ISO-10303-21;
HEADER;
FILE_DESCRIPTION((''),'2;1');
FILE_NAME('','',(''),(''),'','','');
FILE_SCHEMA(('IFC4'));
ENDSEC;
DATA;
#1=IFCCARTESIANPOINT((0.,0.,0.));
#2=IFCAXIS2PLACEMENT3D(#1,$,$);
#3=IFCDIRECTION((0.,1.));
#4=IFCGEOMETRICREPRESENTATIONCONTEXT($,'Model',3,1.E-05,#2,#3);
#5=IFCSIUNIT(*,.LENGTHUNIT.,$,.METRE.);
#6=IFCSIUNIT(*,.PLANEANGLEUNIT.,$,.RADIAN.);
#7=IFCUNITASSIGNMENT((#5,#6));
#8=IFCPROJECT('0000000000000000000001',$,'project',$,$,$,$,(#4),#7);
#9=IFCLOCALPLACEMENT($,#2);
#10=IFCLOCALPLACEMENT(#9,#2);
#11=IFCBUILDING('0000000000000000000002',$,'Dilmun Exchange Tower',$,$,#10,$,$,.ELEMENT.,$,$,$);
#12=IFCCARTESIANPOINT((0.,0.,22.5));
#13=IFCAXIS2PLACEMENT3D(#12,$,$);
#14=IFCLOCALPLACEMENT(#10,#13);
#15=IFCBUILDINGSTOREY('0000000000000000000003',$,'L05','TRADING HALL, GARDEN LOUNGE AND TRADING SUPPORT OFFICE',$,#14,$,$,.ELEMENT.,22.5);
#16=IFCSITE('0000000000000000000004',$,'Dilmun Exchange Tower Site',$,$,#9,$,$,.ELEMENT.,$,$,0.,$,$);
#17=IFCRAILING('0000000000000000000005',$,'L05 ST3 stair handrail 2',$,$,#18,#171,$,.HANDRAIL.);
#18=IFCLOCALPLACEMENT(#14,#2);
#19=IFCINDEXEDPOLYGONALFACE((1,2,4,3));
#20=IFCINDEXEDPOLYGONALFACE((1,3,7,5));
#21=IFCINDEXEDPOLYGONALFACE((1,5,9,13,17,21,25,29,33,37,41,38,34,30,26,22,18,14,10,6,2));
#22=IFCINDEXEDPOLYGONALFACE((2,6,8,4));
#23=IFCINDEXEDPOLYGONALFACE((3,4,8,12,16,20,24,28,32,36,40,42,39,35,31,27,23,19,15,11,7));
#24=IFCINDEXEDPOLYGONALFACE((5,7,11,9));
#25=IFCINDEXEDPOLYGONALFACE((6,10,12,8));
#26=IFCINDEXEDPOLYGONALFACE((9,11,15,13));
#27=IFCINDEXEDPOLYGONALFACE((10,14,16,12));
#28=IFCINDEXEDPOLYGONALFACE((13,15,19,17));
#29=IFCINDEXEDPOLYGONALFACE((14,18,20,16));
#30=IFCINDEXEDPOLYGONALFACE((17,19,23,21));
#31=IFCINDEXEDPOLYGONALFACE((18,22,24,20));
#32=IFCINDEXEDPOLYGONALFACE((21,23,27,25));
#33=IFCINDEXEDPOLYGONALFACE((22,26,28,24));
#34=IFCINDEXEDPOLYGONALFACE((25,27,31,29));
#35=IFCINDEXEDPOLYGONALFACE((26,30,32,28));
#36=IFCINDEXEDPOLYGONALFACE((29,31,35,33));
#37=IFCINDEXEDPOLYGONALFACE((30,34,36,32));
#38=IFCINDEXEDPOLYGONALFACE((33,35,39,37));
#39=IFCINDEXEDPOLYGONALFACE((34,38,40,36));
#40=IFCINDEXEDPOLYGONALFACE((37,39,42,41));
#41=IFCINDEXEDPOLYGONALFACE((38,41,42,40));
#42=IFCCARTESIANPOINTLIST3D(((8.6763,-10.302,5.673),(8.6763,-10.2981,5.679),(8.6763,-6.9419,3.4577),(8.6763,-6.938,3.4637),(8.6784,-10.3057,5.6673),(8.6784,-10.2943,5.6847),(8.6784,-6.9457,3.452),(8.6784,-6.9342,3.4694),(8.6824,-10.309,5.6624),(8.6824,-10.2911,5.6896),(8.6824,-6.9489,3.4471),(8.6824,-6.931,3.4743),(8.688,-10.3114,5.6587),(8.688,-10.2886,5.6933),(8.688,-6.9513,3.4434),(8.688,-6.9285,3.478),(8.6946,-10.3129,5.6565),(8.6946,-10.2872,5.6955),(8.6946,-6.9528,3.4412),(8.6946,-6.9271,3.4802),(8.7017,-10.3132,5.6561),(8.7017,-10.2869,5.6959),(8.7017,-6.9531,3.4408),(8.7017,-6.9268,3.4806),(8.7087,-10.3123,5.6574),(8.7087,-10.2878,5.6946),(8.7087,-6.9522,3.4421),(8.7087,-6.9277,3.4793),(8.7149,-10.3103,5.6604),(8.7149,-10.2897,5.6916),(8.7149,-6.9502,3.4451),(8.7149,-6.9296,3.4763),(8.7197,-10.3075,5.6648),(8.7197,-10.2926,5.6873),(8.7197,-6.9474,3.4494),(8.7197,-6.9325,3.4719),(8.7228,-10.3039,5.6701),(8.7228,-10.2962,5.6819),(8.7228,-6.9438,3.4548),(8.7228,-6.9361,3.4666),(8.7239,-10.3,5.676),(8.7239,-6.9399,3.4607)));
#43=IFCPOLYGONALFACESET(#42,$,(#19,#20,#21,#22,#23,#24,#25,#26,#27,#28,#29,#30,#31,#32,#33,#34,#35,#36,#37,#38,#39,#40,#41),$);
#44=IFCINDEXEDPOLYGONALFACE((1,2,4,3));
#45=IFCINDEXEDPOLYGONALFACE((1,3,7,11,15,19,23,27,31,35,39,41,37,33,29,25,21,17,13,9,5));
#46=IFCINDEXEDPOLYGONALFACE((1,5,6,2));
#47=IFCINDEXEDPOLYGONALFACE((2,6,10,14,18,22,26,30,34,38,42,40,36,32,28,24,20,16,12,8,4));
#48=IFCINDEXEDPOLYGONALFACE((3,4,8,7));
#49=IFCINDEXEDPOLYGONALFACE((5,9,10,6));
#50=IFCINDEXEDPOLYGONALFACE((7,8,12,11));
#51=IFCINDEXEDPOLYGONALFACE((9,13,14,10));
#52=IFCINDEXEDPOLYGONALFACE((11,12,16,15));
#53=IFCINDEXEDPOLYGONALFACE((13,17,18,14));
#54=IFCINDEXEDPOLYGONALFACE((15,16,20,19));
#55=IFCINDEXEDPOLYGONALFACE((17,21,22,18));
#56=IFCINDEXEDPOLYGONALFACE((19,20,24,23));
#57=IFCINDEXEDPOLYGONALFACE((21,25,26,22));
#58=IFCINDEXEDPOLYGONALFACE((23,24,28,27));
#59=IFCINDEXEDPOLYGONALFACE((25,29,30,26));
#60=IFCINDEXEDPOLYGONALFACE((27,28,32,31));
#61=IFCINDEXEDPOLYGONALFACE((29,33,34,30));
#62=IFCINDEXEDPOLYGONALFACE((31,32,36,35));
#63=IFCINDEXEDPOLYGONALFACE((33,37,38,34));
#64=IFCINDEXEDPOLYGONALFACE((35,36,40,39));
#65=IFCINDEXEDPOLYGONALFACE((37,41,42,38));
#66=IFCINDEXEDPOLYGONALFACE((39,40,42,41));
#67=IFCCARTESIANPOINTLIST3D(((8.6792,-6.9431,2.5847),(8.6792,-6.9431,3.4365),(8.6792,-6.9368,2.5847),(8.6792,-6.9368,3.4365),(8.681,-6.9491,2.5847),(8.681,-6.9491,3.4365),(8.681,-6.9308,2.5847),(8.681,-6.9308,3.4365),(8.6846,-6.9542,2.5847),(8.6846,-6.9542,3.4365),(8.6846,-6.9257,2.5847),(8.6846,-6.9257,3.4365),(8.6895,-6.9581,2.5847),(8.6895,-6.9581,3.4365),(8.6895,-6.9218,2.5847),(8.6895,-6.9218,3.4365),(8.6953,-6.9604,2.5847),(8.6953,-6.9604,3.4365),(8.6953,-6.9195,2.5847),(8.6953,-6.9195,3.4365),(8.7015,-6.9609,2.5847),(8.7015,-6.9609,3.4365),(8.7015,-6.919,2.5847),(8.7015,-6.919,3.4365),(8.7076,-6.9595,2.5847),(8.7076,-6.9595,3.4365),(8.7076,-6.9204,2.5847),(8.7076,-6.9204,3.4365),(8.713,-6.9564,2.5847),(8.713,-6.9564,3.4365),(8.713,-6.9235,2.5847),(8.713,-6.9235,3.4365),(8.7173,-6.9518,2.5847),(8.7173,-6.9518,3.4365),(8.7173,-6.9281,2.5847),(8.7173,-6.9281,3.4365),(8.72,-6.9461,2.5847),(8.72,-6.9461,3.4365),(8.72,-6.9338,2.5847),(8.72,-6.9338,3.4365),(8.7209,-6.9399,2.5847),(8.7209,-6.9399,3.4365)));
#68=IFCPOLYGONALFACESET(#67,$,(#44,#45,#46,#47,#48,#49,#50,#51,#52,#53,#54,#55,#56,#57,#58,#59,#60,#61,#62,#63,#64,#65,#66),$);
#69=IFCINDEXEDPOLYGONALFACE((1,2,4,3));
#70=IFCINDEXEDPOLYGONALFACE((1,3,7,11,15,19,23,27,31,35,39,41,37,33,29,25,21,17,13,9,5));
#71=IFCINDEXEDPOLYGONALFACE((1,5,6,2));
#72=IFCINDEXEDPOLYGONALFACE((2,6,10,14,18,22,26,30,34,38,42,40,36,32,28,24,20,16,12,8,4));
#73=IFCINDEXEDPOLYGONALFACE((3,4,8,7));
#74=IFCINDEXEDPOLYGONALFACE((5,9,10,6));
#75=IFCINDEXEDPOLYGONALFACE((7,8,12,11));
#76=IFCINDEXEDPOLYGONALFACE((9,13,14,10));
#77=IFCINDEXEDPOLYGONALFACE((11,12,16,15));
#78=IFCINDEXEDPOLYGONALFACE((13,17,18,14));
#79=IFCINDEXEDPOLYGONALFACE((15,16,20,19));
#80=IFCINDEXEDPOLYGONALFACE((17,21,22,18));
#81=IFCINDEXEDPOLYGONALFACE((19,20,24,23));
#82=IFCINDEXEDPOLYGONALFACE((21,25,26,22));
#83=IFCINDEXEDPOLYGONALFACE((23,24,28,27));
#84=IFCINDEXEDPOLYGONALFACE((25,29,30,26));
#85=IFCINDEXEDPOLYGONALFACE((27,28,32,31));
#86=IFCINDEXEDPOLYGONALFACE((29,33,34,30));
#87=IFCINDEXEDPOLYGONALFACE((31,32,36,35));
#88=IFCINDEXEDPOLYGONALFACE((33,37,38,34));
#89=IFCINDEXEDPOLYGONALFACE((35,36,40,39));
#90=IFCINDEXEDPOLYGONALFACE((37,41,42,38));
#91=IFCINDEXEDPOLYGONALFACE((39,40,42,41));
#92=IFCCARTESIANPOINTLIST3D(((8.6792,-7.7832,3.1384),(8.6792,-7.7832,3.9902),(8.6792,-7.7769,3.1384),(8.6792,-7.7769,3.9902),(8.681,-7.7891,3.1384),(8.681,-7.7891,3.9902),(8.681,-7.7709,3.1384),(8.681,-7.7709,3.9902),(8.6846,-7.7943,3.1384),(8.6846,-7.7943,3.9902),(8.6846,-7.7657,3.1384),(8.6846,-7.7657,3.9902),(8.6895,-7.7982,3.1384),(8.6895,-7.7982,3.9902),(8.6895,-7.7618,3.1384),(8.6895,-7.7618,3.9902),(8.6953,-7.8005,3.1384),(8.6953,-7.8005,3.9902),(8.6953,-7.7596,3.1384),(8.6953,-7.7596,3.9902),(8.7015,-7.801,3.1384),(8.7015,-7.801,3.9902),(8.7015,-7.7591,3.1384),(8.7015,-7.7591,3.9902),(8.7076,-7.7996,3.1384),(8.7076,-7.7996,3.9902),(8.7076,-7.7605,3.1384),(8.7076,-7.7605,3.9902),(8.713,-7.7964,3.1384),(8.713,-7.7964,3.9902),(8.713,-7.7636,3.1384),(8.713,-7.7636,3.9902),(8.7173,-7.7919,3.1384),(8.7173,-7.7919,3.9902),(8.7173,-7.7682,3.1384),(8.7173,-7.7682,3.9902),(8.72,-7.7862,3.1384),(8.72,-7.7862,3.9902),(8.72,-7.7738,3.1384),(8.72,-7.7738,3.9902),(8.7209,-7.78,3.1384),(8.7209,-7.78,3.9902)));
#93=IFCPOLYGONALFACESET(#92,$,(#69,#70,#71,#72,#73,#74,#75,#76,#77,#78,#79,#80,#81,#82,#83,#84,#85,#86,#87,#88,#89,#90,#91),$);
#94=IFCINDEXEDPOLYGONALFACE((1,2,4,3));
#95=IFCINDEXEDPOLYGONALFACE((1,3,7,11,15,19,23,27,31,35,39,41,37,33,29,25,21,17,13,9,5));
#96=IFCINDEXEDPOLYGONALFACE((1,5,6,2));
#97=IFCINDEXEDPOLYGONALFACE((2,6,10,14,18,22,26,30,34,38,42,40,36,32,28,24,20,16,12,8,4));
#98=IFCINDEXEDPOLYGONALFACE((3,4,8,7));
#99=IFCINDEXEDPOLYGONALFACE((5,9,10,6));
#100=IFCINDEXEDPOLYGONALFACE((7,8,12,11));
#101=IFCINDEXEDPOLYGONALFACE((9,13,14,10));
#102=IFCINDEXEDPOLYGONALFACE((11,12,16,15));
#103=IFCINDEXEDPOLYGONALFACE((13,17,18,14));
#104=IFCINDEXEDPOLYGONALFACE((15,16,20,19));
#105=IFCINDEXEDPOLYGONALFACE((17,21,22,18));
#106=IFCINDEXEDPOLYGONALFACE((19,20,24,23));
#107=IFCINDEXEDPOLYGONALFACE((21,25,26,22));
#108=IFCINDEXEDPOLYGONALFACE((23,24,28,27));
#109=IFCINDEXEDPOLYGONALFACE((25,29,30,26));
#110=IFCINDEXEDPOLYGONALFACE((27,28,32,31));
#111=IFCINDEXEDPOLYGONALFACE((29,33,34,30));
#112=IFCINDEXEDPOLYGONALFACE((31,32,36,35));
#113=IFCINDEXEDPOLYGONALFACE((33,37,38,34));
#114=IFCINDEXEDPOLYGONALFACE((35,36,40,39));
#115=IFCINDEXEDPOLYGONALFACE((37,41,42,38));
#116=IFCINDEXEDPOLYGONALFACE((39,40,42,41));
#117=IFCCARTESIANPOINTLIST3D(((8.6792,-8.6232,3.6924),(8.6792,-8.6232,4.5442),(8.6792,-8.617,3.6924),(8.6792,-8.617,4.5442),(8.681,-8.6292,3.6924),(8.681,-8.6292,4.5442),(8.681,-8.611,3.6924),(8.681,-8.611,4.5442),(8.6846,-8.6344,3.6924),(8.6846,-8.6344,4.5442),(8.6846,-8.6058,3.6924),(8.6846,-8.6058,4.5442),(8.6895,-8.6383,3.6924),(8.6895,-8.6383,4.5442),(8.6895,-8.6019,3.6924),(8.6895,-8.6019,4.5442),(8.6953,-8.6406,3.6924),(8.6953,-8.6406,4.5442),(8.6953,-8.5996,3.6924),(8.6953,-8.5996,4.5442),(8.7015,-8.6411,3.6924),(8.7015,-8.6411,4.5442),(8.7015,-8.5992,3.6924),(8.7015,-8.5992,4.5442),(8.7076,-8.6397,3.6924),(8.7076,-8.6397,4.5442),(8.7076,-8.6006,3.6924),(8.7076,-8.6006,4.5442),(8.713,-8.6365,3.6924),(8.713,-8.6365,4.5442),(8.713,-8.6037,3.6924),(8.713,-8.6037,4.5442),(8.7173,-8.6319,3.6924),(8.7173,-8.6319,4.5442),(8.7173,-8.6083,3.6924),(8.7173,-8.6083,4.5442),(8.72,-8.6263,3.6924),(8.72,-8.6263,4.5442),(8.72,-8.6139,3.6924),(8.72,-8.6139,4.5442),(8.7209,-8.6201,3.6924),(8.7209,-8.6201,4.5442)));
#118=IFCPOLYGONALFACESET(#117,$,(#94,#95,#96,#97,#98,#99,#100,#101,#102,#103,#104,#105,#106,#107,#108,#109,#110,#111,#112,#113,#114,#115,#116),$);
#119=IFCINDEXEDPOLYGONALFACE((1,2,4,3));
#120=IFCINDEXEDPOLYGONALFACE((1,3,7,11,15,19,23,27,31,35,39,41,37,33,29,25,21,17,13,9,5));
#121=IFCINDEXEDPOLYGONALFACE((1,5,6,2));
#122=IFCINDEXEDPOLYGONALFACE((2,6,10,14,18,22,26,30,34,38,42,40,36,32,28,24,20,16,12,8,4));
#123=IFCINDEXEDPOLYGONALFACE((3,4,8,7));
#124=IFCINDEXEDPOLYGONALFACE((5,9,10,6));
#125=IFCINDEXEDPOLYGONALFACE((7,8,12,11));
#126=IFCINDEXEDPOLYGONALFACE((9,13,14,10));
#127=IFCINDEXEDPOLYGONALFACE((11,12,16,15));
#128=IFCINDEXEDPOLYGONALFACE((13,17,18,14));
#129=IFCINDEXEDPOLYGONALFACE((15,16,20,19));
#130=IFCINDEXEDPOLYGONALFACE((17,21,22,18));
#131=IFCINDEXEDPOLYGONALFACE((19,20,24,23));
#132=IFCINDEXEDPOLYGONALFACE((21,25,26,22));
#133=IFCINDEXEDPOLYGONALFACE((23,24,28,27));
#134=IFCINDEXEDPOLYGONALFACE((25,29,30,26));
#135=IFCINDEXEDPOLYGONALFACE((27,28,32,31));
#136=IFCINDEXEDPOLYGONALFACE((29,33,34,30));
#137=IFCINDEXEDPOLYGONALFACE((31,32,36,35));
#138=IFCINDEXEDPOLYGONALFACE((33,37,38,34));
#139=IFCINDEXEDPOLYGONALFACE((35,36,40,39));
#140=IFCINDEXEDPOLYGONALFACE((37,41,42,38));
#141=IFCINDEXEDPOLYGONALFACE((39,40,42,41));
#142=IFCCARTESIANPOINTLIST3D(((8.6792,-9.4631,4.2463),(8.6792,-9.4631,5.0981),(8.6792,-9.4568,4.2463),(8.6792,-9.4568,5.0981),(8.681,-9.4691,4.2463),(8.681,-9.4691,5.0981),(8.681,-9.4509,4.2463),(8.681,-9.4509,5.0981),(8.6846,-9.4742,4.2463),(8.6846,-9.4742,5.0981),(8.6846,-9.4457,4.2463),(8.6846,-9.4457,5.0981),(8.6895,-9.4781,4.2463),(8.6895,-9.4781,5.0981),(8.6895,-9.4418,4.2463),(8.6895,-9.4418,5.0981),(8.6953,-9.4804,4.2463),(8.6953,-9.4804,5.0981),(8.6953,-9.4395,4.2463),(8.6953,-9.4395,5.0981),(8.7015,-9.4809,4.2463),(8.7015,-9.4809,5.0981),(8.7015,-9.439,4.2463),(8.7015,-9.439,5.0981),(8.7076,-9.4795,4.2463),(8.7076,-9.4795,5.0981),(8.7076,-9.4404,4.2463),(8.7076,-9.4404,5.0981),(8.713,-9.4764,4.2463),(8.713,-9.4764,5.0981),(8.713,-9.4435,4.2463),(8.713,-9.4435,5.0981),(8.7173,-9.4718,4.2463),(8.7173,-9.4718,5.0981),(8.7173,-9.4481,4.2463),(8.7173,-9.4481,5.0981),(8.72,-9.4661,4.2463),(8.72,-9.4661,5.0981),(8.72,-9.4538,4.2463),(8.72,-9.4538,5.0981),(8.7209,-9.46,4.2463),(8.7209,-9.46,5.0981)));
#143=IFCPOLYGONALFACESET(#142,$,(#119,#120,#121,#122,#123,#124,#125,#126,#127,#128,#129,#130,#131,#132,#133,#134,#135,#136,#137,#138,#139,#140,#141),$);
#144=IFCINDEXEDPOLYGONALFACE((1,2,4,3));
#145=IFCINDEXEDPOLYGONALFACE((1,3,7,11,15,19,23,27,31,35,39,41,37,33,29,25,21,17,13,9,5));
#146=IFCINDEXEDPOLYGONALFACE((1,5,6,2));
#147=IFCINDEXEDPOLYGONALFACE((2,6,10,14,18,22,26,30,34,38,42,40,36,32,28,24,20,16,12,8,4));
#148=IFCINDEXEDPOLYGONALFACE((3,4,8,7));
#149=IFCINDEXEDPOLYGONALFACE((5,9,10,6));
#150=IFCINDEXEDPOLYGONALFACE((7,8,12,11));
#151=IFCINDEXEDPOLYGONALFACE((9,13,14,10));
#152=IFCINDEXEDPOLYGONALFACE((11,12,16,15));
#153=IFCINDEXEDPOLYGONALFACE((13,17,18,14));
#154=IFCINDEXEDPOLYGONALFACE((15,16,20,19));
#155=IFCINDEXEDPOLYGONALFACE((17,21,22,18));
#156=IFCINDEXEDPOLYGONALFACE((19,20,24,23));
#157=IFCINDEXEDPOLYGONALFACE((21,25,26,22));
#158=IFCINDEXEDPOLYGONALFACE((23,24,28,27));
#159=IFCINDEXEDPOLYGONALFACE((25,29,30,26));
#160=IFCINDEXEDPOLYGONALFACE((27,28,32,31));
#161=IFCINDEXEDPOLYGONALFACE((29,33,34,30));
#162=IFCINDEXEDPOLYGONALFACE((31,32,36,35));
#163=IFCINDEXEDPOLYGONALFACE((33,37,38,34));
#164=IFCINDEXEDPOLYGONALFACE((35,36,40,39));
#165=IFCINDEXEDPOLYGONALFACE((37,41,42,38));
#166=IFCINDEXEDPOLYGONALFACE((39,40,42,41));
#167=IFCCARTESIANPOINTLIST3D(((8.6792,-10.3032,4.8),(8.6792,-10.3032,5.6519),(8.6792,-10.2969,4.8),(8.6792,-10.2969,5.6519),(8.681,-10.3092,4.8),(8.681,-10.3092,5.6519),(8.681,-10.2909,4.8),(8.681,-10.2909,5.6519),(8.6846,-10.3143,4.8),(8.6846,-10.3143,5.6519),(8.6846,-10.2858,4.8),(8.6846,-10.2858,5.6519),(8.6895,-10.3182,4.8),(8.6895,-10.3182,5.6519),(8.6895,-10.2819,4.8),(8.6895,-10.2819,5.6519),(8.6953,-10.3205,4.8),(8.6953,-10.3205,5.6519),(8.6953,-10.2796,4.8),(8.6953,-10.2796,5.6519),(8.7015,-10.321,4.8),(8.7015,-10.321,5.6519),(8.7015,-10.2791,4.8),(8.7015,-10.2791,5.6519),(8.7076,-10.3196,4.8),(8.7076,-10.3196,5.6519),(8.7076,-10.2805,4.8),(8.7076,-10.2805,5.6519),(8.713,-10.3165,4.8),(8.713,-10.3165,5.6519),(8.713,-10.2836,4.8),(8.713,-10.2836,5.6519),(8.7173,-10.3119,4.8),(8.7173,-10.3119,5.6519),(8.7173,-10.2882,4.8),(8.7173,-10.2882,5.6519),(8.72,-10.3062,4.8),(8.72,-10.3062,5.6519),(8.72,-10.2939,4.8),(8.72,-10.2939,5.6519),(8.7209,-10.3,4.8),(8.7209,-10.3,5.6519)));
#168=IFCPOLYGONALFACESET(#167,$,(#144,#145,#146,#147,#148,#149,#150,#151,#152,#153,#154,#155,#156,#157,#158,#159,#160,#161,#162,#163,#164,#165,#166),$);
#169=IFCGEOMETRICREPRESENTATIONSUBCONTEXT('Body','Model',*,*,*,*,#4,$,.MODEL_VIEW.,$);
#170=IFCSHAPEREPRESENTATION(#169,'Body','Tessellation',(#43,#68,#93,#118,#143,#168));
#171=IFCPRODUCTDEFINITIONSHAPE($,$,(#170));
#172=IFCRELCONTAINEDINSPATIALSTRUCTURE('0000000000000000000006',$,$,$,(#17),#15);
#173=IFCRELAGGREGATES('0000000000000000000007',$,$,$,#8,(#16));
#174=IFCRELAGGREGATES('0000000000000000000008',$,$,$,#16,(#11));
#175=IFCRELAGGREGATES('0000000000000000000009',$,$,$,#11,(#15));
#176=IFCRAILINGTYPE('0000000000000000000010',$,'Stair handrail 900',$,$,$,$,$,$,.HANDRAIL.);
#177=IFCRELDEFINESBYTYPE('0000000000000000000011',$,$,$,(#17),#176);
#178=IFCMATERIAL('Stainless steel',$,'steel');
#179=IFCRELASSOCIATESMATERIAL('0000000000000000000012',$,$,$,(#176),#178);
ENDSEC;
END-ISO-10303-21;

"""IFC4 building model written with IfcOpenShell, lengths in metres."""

from ifc_helpers import new_model, si_unit, direction, frame, origin, origin_2d, place, context, subcontext, project, spatial, circle, extrude, material, type_object, element, save


model = new_model("IFC4")

# Units and contexts
model_context = context("Model", 3, precision=1e-05, world=origin(), true_north=direction((0.0, 1.0)))
body_context = subcontext(model_context, "Body", "Model", "MODEL_VIEW")
ifc_project = project(units=[si_unit("LENGTHUNIT", "METRE"), si_unit("PLANEANGLEUNIT", "RADIAN")], contexts=[model_context])

# Site, building, storey
site_placement = place(None, origin())
site = spatial("IfcSite", under=ifc_project, at=site_placement, Name="Dilmun Exchange Tower Site", CompositionType="ELEMENT", RefElevation=0.0)
building_placement = place(site_placement, origin())
building = spatial("IfcBuilding", under=site, at=building_placement, Name="Dilmun Exchange Tower", CompositionType="ELEMENT")
storey_placement = place(building_placement, frame((0.0, 0.0, 22.5)))
storey = spatial("IfcBuildingStorey", under=building, at=storey_placement, Name="L05", Description="TRADING HALL, GARDEN LOUNGE AND TRADING SUPPORT OFFICE", CompositionType="ELEMENT", Elevation=22.5)

# Railing
ifc_material_1 = material(Name="Stainless steel", Category="steel")
railing_type = type_object("IfcRailingType", Name="Stair handrail 900", PredefinedType="HANDRAIL", material=ifc_material_1)
railing_placement = place(storey_placement, frame((8.7, -6.9399, 2.5847)))
element("IfcRailing", 1, at=railing_placement, inside=storey, type_object=railing_type, Name="L05 ST3 stair handrail 2", PredefinedType="HANDRAIL", context=body_context, shape_type="SweptSolid", body=[
    extrude(circle(Radius=0.0239, at=origin_2d()), frame((0.0, 0.0, 0.876), z_axis=(0.0, -0.834876, 0.550437), x_axis=(1.0, 0.0, 0.0)), (0.0, 0.0, 1.0), 4.0247),
    extrude(circle(Radius=0.021, at=origin_2d()), origin(), (0.0, 0.0, 1.0), 0.8518),
    extrude(circle(Radius=0.021, at=origin_2d()), frame((0.0, -0.8401, 0.5537)), (0.0, 0.0, 1.0), 0.8518),
    extrude(circle(Radius=0.021, at=origin_2d()), frame((0.0, -1.6802, 1.1077)), (0.0, 0.0, 1.0), 0.8518),
    extrude(circle(Radius=0.021, at=origin_2d()), frame((0.0, -2.52, 1.6616)), (0.0, 0.0, 1.0), 0.8518),
    extrude(circle(Radius=0.021, at=origin_2d()), frame((0.0, -3.3601, 2.2153)), (0.0, 0.0, 1.0), 0.8518),
])

save(model, "model.ifc")
